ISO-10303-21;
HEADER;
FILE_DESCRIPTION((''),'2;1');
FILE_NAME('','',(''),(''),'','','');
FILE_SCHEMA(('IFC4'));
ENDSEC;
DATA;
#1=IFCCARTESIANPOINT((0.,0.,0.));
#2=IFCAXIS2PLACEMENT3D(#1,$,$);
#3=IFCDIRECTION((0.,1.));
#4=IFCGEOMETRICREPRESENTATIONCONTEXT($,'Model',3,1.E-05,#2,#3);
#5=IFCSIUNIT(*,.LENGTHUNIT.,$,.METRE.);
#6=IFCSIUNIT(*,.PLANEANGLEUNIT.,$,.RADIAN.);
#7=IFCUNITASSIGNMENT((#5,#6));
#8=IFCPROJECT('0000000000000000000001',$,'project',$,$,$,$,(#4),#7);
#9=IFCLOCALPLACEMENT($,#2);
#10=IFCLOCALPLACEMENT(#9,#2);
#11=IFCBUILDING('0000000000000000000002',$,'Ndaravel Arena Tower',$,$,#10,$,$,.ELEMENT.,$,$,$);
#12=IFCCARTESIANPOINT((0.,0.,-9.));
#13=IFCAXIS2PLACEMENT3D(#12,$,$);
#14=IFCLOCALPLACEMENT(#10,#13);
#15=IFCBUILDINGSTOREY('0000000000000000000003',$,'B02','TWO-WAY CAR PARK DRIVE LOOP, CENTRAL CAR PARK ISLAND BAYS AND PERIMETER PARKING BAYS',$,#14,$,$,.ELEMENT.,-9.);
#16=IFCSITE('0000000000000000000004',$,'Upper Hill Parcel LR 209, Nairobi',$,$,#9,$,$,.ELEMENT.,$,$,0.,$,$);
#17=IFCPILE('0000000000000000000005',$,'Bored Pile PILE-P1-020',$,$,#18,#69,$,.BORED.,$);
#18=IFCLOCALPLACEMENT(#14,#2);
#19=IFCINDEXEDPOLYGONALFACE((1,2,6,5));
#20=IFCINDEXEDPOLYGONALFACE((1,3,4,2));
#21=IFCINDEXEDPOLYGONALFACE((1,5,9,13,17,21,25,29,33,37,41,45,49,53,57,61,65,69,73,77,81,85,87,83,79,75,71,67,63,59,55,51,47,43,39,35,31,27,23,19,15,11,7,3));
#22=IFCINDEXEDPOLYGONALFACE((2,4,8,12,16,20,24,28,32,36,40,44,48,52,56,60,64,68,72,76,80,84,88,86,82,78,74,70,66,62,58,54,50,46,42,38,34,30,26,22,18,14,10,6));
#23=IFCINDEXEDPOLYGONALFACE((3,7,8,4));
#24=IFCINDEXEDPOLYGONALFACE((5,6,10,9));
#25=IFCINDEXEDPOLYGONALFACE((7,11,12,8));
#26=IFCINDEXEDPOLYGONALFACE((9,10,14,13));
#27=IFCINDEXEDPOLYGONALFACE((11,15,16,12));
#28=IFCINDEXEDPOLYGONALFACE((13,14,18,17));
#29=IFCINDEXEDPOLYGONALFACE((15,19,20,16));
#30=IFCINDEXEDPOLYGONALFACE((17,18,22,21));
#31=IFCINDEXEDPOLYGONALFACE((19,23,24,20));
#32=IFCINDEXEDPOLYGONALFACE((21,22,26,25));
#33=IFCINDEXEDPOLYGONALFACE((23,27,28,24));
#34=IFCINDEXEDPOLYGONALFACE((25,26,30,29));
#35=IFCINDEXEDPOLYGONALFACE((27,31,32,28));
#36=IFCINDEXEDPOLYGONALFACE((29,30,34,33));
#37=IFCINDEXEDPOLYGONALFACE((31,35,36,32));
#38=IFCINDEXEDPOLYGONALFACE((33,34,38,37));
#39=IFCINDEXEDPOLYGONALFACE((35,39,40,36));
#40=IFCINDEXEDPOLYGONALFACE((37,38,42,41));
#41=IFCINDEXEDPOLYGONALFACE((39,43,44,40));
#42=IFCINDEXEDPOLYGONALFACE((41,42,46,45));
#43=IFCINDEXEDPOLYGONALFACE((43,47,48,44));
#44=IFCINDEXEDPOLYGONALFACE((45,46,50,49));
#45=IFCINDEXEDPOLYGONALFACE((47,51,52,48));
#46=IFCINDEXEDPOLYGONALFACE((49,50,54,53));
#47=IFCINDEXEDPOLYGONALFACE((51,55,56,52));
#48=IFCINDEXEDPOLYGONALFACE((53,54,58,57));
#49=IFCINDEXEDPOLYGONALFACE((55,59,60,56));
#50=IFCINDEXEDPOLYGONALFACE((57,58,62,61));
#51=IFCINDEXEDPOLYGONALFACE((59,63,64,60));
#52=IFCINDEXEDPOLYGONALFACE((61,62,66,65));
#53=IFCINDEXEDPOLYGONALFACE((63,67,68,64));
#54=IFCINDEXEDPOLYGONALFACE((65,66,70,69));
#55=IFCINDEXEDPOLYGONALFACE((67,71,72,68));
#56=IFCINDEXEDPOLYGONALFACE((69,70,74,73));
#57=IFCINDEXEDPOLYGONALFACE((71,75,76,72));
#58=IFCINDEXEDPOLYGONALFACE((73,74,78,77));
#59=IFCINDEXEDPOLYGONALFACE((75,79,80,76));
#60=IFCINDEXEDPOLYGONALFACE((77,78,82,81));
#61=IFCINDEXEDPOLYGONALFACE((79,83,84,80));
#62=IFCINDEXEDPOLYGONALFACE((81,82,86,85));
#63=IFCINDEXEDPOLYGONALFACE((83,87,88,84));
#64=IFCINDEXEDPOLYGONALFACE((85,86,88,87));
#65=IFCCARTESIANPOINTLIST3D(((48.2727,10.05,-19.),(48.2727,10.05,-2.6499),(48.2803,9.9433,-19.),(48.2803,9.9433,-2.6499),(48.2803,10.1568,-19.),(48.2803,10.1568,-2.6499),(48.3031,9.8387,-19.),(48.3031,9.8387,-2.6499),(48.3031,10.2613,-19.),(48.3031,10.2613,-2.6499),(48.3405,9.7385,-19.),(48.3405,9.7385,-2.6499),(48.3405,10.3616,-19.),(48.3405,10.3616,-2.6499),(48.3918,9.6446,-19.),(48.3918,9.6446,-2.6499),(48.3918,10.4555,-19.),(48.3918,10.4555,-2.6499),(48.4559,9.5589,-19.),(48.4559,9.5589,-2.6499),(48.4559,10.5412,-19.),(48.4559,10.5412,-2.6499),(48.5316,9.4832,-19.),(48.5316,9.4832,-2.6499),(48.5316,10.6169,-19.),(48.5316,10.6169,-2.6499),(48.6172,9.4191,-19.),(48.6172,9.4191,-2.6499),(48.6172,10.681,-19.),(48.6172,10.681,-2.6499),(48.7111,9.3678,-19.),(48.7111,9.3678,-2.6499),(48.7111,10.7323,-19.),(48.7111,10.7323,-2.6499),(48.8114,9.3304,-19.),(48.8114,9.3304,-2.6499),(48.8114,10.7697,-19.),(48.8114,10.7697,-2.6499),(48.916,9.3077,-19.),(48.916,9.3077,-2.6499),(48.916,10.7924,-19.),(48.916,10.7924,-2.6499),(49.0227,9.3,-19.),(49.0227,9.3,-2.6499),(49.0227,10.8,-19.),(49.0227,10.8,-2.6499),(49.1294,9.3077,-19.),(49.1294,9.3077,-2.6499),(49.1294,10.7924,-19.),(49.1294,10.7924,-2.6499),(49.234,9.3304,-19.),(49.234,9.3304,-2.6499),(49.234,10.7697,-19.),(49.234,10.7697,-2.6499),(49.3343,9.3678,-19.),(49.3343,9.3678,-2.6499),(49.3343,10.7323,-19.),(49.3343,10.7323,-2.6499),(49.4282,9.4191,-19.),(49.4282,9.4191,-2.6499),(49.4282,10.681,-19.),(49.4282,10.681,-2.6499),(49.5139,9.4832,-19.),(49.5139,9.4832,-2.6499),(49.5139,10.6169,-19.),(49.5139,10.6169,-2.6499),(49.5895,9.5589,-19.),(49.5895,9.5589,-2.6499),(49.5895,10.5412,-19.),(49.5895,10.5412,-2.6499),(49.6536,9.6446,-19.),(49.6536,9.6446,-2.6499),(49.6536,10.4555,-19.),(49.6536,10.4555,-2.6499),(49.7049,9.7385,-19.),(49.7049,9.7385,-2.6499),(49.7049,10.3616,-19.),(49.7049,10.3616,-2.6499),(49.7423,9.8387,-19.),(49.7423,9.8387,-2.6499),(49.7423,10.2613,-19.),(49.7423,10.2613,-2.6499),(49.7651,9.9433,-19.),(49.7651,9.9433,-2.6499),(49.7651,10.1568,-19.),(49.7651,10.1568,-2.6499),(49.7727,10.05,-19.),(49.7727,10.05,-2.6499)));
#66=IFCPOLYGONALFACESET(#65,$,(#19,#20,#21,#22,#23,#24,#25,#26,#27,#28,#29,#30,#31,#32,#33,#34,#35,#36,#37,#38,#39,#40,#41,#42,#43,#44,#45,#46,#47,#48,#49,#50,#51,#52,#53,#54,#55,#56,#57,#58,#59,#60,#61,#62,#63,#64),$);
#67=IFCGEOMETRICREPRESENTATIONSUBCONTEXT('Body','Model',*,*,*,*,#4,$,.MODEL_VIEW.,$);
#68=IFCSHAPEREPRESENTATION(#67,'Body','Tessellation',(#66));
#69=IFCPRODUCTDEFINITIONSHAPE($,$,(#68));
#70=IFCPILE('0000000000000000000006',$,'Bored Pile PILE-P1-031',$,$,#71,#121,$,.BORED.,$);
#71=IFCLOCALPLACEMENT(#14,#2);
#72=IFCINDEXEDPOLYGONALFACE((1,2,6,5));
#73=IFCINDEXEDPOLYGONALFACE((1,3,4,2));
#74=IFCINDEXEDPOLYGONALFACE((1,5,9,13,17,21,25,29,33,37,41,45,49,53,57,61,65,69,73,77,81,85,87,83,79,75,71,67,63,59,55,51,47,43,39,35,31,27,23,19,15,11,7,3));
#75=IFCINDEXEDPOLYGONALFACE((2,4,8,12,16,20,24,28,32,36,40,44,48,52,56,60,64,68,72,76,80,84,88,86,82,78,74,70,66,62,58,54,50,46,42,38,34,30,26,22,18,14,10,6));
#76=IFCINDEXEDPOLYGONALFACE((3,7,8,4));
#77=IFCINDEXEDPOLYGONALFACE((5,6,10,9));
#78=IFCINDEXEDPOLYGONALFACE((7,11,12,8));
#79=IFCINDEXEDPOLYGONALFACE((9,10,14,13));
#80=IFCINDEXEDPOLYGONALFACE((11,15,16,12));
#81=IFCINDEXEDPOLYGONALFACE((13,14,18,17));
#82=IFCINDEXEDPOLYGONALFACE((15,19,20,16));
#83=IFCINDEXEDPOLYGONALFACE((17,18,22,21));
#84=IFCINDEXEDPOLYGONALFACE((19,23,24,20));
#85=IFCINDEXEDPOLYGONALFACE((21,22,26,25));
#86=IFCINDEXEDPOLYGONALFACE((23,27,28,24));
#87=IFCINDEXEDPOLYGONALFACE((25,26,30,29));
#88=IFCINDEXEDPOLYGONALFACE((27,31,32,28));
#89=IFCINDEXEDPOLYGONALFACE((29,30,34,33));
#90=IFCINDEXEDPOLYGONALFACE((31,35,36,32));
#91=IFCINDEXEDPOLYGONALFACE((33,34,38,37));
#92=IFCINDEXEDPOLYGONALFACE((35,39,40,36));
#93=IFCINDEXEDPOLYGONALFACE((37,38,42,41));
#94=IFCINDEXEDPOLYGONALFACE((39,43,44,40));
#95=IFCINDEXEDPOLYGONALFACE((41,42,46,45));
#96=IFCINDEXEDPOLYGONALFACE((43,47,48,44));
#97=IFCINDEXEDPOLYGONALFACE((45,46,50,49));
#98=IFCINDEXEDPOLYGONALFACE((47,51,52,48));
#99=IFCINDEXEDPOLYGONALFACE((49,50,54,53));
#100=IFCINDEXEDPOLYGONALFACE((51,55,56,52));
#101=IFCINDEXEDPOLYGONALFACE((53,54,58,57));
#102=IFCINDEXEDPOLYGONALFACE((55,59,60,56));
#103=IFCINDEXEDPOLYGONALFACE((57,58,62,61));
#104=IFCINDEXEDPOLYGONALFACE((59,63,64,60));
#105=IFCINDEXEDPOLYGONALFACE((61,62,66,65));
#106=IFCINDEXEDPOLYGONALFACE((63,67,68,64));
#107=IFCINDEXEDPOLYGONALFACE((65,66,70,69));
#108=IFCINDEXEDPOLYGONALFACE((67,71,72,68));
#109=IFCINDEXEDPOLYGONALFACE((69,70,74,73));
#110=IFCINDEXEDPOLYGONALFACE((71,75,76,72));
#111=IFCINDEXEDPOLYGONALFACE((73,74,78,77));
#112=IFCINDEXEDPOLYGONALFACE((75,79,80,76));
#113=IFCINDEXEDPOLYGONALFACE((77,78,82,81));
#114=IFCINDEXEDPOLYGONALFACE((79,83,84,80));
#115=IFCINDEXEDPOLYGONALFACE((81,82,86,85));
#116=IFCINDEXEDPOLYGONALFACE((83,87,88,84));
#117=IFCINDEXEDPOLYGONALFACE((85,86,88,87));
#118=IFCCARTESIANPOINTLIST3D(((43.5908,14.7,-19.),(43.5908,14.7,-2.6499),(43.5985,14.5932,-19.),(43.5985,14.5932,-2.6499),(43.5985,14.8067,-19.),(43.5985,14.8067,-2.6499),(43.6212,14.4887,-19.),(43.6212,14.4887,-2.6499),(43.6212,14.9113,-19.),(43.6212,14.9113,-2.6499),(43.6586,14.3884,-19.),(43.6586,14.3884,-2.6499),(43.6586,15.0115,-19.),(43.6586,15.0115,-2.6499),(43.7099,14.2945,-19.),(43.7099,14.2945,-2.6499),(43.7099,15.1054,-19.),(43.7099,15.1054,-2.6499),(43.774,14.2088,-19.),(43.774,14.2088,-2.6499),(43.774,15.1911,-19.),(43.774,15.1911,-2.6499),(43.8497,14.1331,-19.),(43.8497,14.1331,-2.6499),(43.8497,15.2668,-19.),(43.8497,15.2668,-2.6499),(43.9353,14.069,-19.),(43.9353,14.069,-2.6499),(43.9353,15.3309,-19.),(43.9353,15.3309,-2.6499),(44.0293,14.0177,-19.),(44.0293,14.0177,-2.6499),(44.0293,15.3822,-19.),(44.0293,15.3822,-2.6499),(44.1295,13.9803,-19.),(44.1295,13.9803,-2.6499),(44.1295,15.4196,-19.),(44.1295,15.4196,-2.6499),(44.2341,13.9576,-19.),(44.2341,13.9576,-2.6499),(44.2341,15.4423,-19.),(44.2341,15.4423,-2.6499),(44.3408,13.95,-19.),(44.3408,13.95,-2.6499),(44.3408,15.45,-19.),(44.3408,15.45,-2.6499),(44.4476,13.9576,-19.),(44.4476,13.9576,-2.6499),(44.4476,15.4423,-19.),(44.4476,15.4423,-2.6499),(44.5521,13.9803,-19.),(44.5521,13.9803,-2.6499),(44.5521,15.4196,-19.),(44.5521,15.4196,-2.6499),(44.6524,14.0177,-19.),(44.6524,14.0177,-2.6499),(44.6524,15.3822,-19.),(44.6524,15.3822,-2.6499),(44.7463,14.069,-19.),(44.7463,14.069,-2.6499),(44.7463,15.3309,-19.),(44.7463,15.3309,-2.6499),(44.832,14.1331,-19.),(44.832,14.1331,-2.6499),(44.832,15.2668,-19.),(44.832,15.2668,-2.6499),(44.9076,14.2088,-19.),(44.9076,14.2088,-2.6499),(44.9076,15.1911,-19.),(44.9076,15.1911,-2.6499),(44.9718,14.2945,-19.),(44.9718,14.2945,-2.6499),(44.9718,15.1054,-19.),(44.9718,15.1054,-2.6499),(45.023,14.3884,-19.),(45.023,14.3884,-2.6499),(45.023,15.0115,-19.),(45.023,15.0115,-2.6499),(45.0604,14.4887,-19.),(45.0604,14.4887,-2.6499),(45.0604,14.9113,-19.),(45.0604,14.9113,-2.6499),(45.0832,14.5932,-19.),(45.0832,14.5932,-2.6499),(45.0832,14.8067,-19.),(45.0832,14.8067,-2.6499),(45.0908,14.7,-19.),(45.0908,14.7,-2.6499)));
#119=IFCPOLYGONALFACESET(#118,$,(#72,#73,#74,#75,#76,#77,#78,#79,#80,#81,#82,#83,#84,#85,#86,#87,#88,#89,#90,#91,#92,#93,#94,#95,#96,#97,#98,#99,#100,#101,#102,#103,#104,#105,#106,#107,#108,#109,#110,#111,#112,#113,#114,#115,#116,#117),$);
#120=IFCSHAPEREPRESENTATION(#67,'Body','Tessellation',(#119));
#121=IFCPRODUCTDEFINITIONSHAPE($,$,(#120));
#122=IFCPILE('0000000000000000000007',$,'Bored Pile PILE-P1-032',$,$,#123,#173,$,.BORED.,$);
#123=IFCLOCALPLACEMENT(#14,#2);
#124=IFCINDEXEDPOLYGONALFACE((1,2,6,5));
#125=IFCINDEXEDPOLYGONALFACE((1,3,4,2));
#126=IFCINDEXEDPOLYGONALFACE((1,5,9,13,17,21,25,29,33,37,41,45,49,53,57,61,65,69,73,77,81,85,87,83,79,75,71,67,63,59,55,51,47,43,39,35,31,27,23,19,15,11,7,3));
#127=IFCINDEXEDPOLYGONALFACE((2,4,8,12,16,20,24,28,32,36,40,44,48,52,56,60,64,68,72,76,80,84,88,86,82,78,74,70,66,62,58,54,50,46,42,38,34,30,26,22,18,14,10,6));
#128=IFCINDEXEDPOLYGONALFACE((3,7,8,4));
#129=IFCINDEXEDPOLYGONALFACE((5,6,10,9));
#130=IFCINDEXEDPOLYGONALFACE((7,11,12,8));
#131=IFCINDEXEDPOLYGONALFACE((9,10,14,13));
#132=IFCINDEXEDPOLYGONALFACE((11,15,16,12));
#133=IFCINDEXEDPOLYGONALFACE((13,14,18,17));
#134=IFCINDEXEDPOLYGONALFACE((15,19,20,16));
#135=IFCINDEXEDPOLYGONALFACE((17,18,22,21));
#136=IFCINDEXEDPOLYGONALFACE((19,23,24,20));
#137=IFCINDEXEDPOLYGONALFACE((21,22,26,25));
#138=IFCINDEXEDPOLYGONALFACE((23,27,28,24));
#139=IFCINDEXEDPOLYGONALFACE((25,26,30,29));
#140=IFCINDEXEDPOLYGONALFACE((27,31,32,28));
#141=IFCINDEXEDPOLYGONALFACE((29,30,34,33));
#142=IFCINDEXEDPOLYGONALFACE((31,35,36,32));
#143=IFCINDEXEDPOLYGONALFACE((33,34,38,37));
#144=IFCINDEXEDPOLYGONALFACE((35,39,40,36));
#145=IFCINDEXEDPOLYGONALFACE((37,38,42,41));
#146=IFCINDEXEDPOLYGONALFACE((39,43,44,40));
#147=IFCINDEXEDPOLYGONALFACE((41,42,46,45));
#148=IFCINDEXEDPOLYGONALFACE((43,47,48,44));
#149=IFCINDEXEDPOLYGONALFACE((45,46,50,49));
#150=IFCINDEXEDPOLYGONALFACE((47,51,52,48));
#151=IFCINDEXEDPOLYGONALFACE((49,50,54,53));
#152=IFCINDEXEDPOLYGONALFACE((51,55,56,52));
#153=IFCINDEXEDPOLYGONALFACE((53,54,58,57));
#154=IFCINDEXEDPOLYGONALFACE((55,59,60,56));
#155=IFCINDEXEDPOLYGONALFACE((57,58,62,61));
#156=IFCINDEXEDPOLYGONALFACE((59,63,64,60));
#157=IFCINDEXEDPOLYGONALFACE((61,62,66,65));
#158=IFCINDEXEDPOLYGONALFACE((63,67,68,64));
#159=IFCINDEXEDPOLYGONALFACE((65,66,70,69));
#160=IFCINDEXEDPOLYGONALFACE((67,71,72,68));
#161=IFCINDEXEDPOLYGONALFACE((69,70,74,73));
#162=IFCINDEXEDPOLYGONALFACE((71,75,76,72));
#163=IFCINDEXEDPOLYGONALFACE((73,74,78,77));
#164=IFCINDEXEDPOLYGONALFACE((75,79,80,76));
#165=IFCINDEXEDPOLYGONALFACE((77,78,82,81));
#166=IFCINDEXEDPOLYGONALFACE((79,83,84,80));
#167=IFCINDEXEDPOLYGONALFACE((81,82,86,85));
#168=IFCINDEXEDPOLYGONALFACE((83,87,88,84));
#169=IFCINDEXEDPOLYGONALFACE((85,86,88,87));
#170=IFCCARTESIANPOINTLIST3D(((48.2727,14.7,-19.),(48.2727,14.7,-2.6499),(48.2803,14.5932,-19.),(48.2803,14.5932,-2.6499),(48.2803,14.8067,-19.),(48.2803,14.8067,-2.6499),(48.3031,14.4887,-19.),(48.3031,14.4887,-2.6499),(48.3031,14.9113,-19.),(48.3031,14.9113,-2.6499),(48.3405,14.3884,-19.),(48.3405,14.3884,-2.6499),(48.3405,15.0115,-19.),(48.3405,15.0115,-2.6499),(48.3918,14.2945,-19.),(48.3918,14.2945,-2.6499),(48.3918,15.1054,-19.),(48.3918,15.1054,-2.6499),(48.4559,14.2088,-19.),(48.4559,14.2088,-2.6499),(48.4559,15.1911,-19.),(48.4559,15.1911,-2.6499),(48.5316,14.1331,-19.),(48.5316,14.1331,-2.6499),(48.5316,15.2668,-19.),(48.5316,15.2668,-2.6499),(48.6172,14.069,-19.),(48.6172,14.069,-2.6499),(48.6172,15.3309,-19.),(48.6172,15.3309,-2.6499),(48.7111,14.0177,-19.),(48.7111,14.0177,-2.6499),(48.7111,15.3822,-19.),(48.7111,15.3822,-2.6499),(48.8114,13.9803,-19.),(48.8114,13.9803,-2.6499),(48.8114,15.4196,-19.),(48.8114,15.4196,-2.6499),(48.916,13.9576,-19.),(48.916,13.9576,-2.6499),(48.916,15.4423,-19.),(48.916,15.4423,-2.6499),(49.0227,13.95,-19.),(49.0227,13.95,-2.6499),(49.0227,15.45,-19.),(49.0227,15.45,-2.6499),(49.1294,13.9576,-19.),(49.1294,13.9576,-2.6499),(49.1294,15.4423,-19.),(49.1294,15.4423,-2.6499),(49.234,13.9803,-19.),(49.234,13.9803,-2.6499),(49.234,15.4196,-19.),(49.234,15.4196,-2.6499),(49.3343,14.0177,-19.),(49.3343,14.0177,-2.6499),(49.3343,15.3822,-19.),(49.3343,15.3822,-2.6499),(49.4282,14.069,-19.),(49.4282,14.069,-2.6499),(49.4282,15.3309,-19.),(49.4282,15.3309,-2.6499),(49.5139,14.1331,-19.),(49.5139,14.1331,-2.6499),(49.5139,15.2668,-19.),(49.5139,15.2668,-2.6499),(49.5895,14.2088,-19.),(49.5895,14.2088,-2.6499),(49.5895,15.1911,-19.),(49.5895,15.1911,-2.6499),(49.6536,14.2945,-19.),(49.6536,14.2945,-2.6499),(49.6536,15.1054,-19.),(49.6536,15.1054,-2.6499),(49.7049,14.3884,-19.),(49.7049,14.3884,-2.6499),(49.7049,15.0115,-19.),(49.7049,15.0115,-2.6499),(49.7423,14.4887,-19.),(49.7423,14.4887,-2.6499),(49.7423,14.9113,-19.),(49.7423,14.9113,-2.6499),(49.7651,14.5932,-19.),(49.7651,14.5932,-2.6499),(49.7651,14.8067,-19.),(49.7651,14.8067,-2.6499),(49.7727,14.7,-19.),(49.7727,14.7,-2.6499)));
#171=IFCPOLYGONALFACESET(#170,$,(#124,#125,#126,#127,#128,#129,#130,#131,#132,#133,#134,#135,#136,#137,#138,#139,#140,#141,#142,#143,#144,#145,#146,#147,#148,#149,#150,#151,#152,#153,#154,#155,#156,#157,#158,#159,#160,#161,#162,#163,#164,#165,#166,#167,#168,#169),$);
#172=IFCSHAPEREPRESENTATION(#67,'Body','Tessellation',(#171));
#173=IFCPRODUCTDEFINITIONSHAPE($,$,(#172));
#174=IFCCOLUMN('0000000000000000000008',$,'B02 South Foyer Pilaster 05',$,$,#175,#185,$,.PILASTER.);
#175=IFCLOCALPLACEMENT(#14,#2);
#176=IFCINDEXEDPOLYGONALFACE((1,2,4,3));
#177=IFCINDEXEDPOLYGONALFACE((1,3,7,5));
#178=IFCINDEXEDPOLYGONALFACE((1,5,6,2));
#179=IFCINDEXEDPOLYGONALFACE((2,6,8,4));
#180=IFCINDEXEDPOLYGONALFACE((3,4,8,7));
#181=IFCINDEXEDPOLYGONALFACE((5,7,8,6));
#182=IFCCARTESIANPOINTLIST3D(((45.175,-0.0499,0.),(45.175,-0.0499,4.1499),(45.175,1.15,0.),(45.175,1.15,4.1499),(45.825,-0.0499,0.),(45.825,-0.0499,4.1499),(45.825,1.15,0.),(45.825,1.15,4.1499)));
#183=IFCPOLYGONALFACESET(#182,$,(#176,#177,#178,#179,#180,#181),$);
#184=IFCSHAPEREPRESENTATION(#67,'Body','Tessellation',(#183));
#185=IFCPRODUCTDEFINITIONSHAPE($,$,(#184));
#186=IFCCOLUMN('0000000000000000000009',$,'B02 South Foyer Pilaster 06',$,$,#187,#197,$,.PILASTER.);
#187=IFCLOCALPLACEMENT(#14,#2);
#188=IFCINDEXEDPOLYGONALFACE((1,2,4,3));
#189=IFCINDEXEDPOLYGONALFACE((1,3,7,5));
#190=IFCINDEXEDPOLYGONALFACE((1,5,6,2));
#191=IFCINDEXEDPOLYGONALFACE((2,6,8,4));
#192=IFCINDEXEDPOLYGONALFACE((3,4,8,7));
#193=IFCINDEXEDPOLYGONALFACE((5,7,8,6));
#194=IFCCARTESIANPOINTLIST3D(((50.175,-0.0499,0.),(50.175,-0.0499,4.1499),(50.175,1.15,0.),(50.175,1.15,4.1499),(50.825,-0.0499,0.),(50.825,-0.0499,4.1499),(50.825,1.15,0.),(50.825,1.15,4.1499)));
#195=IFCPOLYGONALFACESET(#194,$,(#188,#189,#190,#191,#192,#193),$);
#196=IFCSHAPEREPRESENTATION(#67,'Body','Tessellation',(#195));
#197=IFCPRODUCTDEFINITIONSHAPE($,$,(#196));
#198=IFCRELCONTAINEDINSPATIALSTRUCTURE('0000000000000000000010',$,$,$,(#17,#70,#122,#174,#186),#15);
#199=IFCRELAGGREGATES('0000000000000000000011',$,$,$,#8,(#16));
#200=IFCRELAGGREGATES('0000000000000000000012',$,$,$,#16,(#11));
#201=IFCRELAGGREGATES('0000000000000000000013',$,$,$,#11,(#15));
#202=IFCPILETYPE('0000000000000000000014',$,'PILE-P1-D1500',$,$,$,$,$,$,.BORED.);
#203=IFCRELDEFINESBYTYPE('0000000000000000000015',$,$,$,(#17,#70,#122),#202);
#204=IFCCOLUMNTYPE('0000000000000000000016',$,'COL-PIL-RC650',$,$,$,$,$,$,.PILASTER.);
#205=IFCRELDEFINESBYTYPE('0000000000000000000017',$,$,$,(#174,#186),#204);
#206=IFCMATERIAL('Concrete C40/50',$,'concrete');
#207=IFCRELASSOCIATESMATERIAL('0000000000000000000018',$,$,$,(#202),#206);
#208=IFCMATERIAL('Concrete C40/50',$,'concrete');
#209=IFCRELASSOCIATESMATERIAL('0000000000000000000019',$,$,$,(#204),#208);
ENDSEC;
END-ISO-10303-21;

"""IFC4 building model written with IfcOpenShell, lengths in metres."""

from ifc_helpers import new_model, si_unit, direction, frame, origin, origin_2d, place, context, subcontext, project, spatial, rectangle, circle, extrude, material, material_profile, profile_set, type_object, element, save


model = new_model("IFC4")

# Units and contexts
model_context = context("Model", 3, precision=1e-05, world=origin(), true_north=direction((0.0, 1.0)))
body_context = subcontext(model_context, "Body", "Model", "MODEL_VIEW")
ifc_project = project(units=[si_unit("LENGTHUNIT", "METRE"), si_unit("PLANEANGLEUNIT", "RADIAN")], contexts=[model_context])

# Site, building, storey
site_placement = place(None, origin())
site = spatial("IfcSite", under=ifc_project, at=site_placement, Name="Upper Hill Parcel LR 209, Nairobi", CompositionType="ELEMENT", RefElevation=0.0)
building_placement = place(site_placement, origin())
building = spatial("IfcBuilding", under=site, at=building_placement, Name="Ndaravel Arena Tower", CompositionType="ELEMENT")
storey_placement = place(building_placement, frame((0.0, 0.0, -9.0)))
storey = spatial("IfcBuildingStorey", under=building, at=storey_placement, Name="B02", Description="TWO-WAY CAR PARK DRIVE LOOP, CENTRAL CAR PARK ISLAND BAYS AND PERIMETER PARKING BAYS", CompositionType="ELEMENT", Elevation=-9.0)

# Piles
ifc_material_1 = material(Name="Concrete C40/50", Category="concrete")
ifc_material_profile_1 = material_profile(ifc_material_1, circle(Radius=0.75, at=origin_2d()), Name="BORED PILE D1500")
ifc_profile_set_1 = profile_set([ifc_material_profile_1], Name="Concrete C40/50")
pile_type = type_object("IfcPileType", Name="PILE-P1-D1500", PredefinedType="BORED", material=ifc_profile_set_1)
for number, where, z_axis, x_axis, name in (
    (1, (49.0227, 10.05, -2.6499), (0.0, 0.0, -1.0), (1.0, 0.0, 0.0), "Bored Pile PILE-P1-020"),
    (2, (44.3408, 14.7, -2.6499), (0.0, 0.0, -1.0), (1.0, 0.0, 0.0), "Bored Pile PILE-P1-031"),
    (3, (49.0227, 14.7, -2.6499), (0.0, 0.0, -1.0), (1.0, 0.0, 0.0), "Bored Pile PILE-P1-032"),
):
    element("IfcPile", number, at=place(storey_placement, frame(where, z_axis=z_axis, x_axis=x_axis)), inside=storey, type_object=pile_type, Name=name, PredefinedType="BORED", context=body_context, shape_type="SweptSolid", body=[
        extrude(circle(Radius=0.75, at=origin_2d()), origin(), (0.0, 0.0, 1.0), 16.3501),
    ])

# Columns
ifc_material_2 = material(Name="Concrete C40/50", Category="concrete")
ifc_material_profile_2 = material_profile(ifc_material_2, rectangle(XDim=0.6499, YDim=1.2, at=origin_2d()), Name="RC 650x1200")
ifc_profile_set_2 = profile_set([ifc_material_profile_2], Name="Concrete C40/50")
column_type = type_object("IfcColumnType", Name="COL-PIL-RC650", PredefinedType="PILASTER", material=ifc_profile_set_2)
for number, where, z_axis, x_axis, name in (
    (4, (45.5, 0.55, 0.0), (0.0, 0.0, 1.0), (1.0, 0.0, 0.0), "B02 South Foyer Pilaster 05"),
    (5, (50.5, 0.55, 0.0), (0.0, 0.0, 1.0), (1.0, 0.0, 0.0), "B02 South Foyer Pilaster 06"),
):
    element("IfcColumn", number, at=place(storey_placement, frame(where, z_axis=z_axis, x_axis=x_axis)), inside=storey, type_object=column_type, Name=name, PredefinedType="PILASTER", context=body_context, shape_type="SweptSolid", body=[
        extrude(rectangle(XDim=0.6499, YDim=1.2, at=origin_2d()), origin(), (0.0, 0.0, 1.0), 4.1499),
    ])

save(model, "model.ifc")
